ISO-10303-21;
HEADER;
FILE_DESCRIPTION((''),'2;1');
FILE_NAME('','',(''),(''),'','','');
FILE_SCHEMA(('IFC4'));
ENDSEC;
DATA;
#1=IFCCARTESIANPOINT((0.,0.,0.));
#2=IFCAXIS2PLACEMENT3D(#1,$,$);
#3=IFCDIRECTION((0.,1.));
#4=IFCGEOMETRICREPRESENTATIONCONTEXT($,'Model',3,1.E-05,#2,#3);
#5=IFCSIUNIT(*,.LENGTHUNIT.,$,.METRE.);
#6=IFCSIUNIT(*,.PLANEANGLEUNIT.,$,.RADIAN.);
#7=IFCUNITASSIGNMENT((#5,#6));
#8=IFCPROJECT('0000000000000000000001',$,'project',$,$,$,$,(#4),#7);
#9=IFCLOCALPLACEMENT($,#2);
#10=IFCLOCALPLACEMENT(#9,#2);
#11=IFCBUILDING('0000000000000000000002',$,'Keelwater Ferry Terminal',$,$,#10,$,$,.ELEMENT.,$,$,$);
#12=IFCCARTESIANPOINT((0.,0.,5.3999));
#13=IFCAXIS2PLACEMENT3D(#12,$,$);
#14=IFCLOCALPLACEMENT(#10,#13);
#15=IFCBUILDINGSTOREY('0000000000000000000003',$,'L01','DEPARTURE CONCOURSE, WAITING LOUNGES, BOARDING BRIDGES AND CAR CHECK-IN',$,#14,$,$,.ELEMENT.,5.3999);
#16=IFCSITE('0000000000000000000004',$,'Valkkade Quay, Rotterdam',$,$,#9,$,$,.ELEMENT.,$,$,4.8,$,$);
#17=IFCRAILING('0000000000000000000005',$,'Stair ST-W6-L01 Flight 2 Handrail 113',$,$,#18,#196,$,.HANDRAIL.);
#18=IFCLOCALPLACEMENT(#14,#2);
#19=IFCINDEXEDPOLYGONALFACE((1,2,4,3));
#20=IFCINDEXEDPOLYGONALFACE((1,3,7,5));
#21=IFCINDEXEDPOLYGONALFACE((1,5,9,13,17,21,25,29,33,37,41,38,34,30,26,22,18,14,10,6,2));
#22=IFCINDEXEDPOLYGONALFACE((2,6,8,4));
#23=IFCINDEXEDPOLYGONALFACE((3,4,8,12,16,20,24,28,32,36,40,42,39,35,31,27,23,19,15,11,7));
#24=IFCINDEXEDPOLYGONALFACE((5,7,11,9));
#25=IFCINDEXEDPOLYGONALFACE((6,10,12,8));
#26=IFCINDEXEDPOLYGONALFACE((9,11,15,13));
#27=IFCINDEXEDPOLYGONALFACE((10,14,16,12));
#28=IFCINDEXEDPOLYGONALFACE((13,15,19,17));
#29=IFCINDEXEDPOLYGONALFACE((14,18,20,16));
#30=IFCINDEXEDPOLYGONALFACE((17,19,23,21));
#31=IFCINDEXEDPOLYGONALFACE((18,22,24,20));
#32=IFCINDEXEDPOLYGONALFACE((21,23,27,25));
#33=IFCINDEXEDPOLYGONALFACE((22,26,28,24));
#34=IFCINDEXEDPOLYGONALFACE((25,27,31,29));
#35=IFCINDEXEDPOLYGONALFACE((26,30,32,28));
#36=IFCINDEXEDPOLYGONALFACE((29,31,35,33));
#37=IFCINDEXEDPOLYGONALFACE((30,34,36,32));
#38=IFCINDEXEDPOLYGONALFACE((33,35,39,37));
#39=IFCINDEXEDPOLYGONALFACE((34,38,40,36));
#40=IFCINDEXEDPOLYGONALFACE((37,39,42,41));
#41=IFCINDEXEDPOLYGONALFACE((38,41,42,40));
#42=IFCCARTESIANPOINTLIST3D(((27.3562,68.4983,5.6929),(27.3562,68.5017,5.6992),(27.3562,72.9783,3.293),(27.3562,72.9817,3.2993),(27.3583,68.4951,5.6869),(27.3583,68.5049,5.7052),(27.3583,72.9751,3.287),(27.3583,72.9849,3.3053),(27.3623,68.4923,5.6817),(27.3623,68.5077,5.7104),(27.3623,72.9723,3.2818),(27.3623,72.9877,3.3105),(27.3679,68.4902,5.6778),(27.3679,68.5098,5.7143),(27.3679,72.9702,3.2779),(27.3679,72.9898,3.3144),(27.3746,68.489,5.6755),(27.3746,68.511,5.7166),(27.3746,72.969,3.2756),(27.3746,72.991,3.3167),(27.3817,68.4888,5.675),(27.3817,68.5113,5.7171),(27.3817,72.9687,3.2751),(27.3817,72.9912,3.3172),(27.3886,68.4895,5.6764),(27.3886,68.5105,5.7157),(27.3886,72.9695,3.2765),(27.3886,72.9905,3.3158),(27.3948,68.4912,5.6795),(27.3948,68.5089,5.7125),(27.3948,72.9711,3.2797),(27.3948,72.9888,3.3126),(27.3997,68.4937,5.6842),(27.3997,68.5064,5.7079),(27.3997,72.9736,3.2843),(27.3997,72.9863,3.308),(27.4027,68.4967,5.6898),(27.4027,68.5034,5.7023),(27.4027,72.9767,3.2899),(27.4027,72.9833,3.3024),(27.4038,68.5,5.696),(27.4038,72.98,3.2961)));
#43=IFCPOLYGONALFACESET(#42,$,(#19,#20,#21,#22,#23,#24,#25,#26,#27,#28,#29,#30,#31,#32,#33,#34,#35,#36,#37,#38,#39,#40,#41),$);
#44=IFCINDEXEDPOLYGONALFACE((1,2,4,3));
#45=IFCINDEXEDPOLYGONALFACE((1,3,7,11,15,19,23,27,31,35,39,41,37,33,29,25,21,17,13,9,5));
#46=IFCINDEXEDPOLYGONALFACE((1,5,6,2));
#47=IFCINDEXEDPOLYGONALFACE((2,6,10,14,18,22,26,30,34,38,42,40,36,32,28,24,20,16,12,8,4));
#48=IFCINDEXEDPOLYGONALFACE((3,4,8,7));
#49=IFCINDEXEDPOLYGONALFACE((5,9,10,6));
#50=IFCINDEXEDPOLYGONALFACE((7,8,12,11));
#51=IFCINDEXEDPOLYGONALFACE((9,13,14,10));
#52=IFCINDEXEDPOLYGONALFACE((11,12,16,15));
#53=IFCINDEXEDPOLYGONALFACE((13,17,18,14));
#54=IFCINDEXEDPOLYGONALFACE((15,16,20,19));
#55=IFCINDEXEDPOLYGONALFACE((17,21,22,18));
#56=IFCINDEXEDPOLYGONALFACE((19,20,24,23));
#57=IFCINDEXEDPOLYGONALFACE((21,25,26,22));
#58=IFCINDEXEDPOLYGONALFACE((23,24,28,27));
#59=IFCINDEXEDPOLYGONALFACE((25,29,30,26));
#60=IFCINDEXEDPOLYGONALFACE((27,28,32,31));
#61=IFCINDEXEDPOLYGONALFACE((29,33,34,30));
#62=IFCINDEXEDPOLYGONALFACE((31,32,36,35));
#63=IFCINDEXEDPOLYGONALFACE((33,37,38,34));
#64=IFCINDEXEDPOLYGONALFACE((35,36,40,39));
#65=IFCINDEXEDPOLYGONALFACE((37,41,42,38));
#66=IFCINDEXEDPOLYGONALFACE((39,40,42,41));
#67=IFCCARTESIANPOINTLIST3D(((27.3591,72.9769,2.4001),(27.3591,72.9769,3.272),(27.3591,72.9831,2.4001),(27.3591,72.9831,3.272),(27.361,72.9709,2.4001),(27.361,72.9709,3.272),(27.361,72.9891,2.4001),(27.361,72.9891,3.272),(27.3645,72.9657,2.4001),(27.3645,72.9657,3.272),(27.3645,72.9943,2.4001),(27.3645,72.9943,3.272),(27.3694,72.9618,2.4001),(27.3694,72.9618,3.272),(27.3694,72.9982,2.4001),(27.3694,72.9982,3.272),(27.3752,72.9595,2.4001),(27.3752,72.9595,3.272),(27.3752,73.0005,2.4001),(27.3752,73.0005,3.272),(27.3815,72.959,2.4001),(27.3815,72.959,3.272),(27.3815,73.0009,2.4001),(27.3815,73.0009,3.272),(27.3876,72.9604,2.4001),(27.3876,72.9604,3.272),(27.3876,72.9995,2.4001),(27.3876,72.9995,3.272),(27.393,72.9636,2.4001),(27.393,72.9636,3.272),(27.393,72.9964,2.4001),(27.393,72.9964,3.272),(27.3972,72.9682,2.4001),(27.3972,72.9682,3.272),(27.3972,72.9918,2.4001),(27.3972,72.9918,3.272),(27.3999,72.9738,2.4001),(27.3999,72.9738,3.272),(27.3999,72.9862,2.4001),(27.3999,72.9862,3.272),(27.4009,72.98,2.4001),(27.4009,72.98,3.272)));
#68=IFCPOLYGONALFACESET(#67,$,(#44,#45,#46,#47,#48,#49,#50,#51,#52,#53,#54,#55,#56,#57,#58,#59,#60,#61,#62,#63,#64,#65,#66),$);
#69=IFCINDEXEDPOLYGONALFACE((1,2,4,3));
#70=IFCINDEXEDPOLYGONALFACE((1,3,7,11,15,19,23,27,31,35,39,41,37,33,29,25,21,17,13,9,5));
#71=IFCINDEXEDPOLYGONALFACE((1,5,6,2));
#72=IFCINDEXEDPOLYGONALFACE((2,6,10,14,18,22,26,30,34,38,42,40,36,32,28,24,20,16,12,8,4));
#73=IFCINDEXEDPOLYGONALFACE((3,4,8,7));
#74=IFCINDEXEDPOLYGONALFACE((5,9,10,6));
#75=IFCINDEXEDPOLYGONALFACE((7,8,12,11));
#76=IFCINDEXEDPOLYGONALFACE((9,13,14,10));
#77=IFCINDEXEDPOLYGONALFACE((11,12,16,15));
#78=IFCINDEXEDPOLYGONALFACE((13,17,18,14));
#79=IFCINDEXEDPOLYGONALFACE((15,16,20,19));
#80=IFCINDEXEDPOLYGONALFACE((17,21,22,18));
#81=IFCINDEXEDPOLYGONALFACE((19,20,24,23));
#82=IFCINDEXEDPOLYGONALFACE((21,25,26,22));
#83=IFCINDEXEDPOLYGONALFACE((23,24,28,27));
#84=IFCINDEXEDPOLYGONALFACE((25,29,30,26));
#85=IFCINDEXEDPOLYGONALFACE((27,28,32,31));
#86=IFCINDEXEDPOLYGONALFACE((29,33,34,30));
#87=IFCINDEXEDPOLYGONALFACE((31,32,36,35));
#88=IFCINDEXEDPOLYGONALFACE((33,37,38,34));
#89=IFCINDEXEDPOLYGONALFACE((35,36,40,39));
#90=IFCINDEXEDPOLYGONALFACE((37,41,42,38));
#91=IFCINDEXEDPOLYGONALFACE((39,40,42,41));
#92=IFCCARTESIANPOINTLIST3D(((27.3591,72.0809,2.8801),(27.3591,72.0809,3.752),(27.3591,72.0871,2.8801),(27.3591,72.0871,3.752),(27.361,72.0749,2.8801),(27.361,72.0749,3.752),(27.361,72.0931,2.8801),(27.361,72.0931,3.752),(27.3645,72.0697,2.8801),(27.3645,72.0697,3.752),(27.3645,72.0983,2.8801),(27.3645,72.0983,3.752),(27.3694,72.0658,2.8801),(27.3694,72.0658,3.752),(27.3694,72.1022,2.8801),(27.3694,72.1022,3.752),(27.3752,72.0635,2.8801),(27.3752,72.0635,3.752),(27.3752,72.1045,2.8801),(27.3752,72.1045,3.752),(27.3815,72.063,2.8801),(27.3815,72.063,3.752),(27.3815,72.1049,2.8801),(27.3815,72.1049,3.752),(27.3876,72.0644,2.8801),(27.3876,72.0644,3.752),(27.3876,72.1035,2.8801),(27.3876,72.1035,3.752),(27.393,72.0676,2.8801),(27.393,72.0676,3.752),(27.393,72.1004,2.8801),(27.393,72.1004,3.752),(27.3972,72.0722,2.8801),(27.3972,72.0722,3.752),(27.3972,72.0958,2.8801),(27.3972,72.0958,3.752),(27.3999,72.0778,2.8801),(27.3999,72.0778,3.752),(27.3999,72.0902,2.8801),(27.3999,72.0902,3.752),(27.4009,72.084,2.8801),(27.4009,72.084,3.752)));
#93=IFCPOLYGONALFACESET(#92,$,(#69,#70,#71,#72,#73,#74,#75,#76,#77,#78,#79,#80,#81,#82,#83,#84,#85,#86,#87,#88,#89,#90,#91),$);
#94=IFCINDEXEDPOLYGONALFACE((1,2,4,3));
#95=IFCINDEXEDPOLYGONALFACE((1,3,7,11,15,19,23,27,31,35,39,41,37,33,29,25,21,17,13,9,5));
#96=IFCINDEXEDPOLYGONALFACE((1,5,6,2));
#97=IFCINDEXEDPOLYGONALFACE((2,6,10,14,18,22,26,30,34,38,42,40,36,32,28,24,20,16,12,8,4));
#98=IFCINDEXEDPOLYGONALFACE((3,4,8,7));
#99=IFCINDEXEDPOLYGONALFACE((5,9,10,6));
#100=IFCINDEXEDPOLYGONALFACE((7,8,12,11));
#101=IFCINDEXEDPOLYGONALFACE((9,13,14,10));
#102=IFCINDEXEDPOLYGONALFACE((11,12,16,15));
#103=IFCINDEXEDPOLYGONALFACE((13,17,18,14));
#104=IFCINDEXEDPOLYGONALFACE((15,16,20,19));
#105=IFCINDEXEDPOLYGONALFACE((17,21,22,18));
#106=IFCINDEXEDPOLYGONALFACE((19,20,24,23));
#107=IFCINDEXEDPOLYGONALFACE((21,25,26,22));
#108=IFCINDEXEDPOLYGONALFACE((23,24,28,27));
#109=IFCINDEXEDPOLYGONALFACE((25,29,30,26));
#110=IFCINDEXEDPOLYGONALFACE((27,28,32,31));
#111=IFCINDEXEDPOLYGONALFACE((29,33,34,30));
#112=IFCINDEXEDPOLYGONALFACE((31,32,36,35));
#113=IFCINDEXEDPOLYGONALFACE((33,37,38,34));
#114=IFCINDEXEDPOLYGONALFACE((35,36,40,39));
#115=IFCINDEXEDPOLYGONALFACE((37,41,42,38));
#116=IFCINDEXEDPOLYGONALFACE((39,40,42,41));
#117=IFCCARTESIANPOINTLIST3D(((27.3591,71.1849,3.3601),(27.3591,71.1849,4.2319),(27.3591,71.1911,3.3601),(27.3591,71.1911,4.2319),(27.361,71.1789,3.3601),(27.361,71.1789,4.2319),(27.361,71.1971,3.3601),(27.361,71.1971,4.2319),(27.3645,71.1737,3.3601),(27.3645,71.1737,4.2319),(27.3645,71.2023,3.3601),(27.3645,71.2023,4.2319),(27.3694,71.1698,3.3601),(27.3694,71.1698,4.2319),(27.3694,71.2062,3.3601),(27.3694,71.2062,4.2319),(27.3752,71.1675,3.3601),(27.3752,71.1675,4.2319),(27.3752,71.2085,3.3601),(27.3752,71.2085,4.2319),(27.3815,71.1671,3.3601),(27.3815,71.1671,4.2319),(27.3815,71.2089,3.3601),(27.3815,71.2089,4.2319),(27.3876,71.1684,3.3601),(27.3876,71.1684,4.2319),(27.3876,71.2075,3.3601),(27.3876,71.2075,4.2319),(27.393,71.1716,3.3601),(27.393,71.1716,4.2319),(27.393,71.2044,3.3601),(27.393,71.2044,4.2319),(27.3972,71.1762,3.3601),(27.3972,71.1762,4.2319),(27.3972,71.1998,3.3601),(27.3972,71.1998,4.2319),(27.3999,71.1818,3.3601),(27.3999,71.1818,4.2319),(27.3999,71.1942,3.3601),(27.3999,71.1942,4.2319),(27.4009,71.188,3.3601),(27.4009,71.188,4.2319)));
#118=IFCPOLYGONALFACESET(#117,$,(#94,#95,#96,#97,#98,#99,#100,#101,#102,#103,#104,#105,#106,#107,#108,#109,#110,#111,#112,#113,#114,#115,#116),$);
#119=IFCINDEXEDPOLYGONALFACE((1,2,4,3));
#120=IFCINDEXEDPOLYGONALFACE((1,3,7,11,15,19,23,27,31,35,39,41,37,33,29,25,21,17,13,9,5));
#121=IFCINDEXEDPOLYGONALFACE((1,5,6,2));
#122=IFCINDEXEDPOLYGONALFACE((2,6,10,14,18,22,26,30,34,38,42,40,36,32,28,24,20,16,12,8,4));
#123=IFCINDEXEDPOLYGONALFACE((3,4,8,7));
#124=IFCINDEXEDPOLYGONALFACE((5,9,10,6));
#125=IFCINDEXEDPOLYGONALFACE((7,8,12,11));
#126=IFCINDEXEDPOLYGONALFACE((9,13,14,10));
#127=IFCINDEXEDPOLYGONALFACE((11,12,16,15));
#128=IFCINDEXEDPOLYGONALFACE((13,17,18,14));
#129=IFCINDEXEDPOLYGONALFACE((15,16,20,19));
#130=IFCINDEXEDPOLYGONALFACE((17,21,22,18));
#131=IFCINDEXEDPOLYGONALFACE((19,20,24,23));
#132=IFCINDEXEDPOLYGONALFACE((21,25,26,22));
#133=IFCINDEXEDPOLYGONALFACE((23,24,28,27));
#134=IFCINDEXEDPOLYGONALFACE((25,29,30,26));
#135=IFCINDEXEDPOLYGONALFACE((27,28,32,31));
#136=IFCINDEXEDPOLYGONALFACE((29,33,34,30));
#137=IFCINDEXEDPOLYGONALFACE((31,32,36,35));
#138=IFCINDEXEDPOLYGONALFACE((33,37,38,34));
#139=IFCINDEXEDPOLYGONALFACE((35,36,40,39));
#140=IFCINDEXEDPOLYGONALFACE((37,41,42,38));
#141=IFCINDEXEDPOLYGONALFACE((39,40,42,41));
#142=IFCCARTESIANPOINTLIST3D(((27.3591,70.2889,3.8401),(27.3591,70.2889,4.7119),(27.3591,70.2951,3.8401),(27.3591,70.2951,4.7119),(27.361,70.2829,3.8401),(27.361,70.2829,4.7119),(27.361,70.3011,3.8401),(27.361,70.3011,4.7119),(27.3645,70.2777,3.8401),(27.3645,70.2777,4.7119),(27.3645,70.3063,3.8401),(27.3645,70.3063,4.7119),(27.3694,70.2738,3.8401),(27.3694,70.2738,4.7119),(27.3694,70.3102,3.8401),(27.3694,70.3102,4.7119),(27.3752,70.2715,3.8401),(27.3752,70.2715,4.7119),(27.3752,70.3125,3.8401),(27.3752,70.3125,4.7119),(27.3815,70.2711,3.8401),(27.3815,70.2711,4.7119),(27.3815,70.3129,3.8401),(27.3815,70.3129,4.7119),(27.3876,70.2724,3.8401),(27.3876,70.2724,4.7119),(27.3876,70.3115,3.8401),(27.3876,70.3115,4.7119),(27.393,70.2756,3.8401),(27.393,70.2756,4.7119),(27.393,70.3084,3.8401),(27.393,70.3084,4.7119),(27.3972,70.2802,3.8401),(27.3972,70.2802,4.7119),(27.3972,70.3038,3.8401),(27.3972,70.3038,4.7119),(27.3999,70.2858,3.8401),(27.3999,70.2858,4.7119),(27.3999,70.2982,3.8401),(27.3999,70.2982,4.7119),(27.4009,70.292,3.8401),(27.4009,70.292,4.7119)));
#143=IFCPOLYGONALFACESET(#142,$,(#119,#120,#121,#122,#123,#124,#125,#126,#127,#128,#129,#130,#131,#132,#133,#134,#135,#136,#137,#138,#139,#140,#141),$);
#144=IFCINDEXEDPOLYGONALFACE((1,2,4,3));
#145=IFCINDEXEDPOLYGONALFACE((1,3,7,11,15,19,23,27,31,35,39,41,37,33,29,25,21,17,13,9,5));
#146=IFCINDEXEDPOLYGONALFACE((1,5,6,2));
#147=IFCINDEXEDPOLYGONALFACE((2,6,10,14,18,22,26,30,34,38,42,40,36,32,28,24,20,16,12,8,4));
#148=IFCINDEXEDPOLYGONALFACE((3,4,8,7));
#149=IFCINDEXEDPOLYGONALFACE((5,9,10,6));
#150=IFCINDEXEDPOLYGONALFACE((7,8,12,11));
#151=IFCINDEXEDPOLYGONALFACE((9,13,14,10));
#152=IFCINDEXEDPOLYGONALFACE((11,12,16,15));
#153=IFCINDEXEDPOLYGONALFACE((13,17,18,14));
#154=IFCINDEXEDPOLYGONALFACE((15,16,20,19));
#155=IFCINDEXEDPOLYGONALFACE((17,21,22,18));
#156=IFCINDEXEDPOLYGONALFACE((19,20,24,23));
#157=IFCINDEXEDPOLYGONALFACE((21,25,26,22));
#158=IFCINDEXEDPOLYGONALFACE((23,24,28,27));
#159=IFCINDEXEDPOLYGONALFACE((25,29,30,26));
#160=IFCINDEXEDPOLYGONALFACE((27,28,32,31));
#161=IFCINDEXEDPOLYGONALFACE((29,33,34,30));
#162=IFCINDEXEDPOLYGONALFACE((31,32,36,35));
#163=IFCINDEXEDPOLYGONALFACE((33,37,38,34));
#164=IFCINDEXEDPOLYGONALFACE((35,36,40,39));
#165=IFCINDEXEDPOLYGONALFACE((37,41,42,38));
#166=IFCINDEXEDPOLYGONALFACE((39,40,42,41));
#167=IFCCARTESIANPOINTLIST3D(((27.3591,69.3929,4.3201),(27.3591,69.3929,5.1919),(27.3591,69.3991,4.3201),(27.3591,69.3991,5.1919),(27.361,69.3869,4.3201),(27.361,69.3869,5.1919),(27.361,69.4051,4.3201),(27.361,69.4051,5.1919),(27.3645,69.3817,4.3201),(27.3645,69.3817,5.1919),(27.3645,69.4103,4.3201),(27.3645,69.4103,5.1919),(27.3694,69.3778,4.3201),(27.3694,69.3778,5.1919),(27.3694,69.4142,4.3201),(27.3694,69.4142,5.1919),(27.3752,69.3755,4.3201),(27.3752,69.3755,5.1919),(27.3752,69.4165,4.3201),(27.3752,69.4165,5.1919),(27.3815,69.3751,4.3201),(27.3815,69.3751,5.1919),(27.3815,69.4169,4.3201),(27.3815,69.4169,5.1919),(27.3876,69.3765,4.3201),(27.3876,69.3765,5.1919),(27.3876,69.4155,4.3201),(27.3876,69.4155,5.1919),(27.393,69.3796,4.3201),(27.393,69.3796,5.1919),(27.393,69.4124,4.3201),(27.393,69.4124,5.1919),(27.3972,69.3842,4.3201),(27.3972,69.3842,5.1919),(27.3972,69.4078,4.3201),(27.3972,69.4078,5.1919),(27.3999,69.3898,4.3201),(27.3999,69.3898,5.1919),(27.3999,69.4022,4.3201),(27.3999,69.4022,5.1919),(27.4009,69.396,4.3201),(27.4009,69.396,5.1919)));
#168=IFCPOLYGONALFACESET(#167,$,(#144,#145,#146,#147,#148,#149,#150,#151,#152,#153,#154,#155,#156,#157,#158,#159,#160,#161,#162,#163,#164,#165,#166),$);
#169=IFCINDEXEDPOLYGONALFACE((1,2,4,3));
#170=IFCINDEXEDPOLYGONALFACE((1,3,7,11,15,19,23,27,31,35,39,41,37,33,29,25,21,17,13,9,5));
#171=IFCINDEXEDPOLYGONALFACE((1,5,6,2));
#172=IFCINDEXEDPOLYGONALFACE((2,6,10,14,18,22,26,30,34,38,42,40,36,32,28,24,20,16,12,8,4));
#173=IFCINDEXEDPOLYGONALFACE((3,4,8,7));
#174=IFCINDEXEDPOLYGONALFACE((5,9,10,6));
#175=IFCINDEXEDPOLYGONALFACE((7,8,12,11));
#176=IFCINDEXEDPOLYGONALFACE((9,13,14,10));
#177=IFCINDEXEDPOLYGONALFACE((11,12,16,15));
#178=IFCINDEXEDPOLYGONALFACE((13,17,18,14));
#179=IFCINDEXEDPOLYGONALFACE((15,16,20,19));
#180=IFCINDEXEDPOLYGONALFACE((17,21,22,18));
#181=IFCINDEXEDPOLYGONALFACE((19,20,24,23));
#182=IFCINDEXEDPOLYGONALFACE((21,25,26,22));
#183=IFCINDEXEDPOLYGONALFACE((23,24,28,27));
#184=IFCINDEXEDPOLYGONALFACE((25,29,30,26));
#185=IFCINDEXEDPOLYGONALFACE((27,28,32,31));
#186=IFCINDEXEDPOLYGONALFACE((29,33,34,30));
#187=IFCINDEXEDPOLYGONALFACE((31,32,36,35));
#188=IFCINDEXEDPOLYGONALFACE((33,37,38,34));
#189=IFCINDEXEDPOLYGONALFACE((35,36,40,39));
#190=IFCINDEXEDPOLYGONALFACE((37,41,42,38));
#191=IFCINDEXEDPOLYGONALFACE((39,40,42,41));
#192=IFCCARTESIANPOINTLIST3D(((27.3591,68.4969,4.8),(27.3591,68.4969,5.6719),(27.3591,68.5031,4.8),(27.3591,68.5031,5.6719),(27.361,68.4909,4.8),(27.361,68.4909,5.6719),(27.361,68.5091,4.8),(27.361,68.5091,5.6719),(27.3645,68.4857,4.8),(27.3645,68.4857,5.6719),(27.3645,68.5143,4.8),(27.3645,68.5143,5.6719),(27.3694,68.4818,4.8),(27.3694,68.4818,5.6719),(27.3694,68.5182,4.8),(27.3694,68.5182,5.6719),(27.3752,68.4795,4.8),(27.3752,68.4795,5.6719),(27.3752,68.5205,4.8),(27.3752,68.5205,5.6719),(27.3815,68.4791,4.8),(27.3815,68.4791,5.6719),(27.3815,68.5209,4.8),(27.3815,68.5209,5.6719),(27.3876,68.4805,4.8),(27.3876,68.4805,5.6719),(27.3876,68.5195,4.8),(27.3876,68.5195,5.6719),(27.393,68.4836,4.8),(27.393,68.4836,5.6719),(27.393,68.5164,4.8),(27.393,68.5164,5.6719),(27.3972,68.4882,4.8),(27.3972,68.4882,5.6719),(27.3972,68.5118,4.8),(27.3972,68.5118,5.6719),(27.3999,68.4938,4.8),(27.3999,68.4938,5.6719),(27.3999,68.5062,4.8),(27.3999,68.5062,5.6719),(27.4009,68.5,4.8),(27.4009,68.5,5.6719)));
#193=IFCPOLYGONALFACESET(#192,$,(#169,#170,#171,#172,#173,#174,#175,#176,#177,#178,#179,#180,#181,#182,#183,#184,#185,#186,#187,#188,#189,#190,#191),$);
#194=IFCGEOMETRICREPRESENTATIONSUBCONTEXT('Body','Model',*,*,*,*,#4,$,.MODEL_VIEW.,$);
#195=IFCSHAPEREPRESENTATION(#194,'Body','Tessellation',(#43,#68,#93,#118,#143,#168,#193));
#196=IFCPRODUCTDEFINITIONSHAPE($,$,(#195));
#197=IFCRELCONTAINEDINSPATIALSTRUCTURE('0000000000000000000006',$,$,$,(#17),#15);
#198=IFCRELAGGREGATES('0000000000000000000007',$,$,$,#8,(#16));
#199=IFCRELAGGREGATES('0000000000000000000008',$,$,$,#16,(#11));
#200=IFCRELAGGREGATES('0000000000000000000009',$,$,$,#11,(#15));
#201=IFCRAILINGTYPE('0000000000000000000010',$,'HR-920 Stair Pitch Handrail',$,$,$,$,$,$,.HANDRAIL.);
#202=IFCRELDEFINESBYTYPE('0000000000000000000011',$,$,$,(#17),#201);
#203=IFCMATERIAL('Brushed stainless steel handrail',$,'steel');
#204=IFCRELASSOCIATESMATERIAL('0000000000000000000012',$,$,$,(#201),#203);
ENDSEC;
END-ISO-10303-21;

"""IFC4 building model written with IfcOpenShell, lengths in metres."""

from ifc_helpers import new_model, si_unit, direction, frame, origin, origin_2d, place, context, subcontext, project, spatial, circle, extrude, material, type_object, element, save


model = new_model("IFC4")

# Units and contexts
model_context = context("Model", 3, precision=1e-05, world=origin(), true_north=direction((0.0, 1.0)))
body_context = subcontext(model_context, "Body", "Model", "MODEL_VIEW")
ifc_project = project(units=[si_unit("LENGTHUNIT", "METRE"), si_unit("PLANEANGLEUNIT", "RADIAN")], contexts=[model_context])

# Site, building, storey
site_placement = place(None, origin())
site = spatial("IfcSite", under=ifc_project, at=site_placement, Name="Valkkade Quay, Rotterdam", CompositionType="ELEMENT", RefElevation=4.8)
building_placement = place(site_placement, origin())
building = spatial("IfcBuilding", under=site, at=building_placement, Name="Keelwater Ferry Terminal", CompositionType="ELEMENT")
storey_placement = place(building_placement, frame((0.0, 0.0, 5.3999)))
storey = spatial("IfcBuildingStorey", under=building, at=storey_placement, Name="L01", Description="DEPARTURE CONCOURSE, WAITING LOUNGES, BOARDING BRIDGES AND CAR CHECK-IN", CompositionType="ELEMENT", Elevation=5.3999)

# Railing
ifc_material_1 = material(Name="Brushed stainless steel handrail", Category="steel")
railing_type_1 = type_object("IfcRailingType", Name="HR-920 Stair Pitch Handrail", PredefinedType="HANDRAIL", material=ifc_material_1)
railing_1_placement = place(storey_placement, frame((27.3799, 72.98, 2.4001)))
element("IfcRailing", 1, at=railing_1_placement, inside=storey, type_object=railing_type_1, Name="Stair ST-W6-L01 Flight 2 Handrail 113", PredefinedType="HANDRAIL", context=body_context, shape_type="SweptSolid", body=[
    extrude(circle(Radius=0.0239, at=origin_2d()), frame((0.0, 0.0, 0.896), z_axis=(0.0, -0.881487, 0.472208), x_axis=(1.0, 0.0, 0.0)), (0.0, 0.0, 1.0), 5.0823),
    extrude(circle(Radius=0.021, at=origin_2d()), origin(), (0.0, 0.0, 1.0), 0.8718),
    extrude(circle(Radius=0.021, at=origin_2d()), frame((0.0, -0.896, 0.48)), (0.0, 0.0, 1.0), 0.8718),
    extrude(circle(Radius=0.021, at=origin_2d()), frame((0.0, -1.792, 0.96)), (0.0, 0.0, 1.0), 0.8718),
    extrude(circle(Radius=0.021, at=origin_2d()), frame((0.0, -2.688, 1.4399)), (0.0, 0.0, 1.0), 0.8718),
    extrude(circle(Radius=0.021, at=origin_2d()), frame((0.0, -3.584, 1.9199)), (0.0, 0.0, 1.0), 0.8718),
    extrude(circle(Radius=0.021, at=origin_2d()), frame((0.0, -4.48, 2.3999)), (0.0, 0.0, 1.0), 0.8718),
])

save(model, "model.ifc")
